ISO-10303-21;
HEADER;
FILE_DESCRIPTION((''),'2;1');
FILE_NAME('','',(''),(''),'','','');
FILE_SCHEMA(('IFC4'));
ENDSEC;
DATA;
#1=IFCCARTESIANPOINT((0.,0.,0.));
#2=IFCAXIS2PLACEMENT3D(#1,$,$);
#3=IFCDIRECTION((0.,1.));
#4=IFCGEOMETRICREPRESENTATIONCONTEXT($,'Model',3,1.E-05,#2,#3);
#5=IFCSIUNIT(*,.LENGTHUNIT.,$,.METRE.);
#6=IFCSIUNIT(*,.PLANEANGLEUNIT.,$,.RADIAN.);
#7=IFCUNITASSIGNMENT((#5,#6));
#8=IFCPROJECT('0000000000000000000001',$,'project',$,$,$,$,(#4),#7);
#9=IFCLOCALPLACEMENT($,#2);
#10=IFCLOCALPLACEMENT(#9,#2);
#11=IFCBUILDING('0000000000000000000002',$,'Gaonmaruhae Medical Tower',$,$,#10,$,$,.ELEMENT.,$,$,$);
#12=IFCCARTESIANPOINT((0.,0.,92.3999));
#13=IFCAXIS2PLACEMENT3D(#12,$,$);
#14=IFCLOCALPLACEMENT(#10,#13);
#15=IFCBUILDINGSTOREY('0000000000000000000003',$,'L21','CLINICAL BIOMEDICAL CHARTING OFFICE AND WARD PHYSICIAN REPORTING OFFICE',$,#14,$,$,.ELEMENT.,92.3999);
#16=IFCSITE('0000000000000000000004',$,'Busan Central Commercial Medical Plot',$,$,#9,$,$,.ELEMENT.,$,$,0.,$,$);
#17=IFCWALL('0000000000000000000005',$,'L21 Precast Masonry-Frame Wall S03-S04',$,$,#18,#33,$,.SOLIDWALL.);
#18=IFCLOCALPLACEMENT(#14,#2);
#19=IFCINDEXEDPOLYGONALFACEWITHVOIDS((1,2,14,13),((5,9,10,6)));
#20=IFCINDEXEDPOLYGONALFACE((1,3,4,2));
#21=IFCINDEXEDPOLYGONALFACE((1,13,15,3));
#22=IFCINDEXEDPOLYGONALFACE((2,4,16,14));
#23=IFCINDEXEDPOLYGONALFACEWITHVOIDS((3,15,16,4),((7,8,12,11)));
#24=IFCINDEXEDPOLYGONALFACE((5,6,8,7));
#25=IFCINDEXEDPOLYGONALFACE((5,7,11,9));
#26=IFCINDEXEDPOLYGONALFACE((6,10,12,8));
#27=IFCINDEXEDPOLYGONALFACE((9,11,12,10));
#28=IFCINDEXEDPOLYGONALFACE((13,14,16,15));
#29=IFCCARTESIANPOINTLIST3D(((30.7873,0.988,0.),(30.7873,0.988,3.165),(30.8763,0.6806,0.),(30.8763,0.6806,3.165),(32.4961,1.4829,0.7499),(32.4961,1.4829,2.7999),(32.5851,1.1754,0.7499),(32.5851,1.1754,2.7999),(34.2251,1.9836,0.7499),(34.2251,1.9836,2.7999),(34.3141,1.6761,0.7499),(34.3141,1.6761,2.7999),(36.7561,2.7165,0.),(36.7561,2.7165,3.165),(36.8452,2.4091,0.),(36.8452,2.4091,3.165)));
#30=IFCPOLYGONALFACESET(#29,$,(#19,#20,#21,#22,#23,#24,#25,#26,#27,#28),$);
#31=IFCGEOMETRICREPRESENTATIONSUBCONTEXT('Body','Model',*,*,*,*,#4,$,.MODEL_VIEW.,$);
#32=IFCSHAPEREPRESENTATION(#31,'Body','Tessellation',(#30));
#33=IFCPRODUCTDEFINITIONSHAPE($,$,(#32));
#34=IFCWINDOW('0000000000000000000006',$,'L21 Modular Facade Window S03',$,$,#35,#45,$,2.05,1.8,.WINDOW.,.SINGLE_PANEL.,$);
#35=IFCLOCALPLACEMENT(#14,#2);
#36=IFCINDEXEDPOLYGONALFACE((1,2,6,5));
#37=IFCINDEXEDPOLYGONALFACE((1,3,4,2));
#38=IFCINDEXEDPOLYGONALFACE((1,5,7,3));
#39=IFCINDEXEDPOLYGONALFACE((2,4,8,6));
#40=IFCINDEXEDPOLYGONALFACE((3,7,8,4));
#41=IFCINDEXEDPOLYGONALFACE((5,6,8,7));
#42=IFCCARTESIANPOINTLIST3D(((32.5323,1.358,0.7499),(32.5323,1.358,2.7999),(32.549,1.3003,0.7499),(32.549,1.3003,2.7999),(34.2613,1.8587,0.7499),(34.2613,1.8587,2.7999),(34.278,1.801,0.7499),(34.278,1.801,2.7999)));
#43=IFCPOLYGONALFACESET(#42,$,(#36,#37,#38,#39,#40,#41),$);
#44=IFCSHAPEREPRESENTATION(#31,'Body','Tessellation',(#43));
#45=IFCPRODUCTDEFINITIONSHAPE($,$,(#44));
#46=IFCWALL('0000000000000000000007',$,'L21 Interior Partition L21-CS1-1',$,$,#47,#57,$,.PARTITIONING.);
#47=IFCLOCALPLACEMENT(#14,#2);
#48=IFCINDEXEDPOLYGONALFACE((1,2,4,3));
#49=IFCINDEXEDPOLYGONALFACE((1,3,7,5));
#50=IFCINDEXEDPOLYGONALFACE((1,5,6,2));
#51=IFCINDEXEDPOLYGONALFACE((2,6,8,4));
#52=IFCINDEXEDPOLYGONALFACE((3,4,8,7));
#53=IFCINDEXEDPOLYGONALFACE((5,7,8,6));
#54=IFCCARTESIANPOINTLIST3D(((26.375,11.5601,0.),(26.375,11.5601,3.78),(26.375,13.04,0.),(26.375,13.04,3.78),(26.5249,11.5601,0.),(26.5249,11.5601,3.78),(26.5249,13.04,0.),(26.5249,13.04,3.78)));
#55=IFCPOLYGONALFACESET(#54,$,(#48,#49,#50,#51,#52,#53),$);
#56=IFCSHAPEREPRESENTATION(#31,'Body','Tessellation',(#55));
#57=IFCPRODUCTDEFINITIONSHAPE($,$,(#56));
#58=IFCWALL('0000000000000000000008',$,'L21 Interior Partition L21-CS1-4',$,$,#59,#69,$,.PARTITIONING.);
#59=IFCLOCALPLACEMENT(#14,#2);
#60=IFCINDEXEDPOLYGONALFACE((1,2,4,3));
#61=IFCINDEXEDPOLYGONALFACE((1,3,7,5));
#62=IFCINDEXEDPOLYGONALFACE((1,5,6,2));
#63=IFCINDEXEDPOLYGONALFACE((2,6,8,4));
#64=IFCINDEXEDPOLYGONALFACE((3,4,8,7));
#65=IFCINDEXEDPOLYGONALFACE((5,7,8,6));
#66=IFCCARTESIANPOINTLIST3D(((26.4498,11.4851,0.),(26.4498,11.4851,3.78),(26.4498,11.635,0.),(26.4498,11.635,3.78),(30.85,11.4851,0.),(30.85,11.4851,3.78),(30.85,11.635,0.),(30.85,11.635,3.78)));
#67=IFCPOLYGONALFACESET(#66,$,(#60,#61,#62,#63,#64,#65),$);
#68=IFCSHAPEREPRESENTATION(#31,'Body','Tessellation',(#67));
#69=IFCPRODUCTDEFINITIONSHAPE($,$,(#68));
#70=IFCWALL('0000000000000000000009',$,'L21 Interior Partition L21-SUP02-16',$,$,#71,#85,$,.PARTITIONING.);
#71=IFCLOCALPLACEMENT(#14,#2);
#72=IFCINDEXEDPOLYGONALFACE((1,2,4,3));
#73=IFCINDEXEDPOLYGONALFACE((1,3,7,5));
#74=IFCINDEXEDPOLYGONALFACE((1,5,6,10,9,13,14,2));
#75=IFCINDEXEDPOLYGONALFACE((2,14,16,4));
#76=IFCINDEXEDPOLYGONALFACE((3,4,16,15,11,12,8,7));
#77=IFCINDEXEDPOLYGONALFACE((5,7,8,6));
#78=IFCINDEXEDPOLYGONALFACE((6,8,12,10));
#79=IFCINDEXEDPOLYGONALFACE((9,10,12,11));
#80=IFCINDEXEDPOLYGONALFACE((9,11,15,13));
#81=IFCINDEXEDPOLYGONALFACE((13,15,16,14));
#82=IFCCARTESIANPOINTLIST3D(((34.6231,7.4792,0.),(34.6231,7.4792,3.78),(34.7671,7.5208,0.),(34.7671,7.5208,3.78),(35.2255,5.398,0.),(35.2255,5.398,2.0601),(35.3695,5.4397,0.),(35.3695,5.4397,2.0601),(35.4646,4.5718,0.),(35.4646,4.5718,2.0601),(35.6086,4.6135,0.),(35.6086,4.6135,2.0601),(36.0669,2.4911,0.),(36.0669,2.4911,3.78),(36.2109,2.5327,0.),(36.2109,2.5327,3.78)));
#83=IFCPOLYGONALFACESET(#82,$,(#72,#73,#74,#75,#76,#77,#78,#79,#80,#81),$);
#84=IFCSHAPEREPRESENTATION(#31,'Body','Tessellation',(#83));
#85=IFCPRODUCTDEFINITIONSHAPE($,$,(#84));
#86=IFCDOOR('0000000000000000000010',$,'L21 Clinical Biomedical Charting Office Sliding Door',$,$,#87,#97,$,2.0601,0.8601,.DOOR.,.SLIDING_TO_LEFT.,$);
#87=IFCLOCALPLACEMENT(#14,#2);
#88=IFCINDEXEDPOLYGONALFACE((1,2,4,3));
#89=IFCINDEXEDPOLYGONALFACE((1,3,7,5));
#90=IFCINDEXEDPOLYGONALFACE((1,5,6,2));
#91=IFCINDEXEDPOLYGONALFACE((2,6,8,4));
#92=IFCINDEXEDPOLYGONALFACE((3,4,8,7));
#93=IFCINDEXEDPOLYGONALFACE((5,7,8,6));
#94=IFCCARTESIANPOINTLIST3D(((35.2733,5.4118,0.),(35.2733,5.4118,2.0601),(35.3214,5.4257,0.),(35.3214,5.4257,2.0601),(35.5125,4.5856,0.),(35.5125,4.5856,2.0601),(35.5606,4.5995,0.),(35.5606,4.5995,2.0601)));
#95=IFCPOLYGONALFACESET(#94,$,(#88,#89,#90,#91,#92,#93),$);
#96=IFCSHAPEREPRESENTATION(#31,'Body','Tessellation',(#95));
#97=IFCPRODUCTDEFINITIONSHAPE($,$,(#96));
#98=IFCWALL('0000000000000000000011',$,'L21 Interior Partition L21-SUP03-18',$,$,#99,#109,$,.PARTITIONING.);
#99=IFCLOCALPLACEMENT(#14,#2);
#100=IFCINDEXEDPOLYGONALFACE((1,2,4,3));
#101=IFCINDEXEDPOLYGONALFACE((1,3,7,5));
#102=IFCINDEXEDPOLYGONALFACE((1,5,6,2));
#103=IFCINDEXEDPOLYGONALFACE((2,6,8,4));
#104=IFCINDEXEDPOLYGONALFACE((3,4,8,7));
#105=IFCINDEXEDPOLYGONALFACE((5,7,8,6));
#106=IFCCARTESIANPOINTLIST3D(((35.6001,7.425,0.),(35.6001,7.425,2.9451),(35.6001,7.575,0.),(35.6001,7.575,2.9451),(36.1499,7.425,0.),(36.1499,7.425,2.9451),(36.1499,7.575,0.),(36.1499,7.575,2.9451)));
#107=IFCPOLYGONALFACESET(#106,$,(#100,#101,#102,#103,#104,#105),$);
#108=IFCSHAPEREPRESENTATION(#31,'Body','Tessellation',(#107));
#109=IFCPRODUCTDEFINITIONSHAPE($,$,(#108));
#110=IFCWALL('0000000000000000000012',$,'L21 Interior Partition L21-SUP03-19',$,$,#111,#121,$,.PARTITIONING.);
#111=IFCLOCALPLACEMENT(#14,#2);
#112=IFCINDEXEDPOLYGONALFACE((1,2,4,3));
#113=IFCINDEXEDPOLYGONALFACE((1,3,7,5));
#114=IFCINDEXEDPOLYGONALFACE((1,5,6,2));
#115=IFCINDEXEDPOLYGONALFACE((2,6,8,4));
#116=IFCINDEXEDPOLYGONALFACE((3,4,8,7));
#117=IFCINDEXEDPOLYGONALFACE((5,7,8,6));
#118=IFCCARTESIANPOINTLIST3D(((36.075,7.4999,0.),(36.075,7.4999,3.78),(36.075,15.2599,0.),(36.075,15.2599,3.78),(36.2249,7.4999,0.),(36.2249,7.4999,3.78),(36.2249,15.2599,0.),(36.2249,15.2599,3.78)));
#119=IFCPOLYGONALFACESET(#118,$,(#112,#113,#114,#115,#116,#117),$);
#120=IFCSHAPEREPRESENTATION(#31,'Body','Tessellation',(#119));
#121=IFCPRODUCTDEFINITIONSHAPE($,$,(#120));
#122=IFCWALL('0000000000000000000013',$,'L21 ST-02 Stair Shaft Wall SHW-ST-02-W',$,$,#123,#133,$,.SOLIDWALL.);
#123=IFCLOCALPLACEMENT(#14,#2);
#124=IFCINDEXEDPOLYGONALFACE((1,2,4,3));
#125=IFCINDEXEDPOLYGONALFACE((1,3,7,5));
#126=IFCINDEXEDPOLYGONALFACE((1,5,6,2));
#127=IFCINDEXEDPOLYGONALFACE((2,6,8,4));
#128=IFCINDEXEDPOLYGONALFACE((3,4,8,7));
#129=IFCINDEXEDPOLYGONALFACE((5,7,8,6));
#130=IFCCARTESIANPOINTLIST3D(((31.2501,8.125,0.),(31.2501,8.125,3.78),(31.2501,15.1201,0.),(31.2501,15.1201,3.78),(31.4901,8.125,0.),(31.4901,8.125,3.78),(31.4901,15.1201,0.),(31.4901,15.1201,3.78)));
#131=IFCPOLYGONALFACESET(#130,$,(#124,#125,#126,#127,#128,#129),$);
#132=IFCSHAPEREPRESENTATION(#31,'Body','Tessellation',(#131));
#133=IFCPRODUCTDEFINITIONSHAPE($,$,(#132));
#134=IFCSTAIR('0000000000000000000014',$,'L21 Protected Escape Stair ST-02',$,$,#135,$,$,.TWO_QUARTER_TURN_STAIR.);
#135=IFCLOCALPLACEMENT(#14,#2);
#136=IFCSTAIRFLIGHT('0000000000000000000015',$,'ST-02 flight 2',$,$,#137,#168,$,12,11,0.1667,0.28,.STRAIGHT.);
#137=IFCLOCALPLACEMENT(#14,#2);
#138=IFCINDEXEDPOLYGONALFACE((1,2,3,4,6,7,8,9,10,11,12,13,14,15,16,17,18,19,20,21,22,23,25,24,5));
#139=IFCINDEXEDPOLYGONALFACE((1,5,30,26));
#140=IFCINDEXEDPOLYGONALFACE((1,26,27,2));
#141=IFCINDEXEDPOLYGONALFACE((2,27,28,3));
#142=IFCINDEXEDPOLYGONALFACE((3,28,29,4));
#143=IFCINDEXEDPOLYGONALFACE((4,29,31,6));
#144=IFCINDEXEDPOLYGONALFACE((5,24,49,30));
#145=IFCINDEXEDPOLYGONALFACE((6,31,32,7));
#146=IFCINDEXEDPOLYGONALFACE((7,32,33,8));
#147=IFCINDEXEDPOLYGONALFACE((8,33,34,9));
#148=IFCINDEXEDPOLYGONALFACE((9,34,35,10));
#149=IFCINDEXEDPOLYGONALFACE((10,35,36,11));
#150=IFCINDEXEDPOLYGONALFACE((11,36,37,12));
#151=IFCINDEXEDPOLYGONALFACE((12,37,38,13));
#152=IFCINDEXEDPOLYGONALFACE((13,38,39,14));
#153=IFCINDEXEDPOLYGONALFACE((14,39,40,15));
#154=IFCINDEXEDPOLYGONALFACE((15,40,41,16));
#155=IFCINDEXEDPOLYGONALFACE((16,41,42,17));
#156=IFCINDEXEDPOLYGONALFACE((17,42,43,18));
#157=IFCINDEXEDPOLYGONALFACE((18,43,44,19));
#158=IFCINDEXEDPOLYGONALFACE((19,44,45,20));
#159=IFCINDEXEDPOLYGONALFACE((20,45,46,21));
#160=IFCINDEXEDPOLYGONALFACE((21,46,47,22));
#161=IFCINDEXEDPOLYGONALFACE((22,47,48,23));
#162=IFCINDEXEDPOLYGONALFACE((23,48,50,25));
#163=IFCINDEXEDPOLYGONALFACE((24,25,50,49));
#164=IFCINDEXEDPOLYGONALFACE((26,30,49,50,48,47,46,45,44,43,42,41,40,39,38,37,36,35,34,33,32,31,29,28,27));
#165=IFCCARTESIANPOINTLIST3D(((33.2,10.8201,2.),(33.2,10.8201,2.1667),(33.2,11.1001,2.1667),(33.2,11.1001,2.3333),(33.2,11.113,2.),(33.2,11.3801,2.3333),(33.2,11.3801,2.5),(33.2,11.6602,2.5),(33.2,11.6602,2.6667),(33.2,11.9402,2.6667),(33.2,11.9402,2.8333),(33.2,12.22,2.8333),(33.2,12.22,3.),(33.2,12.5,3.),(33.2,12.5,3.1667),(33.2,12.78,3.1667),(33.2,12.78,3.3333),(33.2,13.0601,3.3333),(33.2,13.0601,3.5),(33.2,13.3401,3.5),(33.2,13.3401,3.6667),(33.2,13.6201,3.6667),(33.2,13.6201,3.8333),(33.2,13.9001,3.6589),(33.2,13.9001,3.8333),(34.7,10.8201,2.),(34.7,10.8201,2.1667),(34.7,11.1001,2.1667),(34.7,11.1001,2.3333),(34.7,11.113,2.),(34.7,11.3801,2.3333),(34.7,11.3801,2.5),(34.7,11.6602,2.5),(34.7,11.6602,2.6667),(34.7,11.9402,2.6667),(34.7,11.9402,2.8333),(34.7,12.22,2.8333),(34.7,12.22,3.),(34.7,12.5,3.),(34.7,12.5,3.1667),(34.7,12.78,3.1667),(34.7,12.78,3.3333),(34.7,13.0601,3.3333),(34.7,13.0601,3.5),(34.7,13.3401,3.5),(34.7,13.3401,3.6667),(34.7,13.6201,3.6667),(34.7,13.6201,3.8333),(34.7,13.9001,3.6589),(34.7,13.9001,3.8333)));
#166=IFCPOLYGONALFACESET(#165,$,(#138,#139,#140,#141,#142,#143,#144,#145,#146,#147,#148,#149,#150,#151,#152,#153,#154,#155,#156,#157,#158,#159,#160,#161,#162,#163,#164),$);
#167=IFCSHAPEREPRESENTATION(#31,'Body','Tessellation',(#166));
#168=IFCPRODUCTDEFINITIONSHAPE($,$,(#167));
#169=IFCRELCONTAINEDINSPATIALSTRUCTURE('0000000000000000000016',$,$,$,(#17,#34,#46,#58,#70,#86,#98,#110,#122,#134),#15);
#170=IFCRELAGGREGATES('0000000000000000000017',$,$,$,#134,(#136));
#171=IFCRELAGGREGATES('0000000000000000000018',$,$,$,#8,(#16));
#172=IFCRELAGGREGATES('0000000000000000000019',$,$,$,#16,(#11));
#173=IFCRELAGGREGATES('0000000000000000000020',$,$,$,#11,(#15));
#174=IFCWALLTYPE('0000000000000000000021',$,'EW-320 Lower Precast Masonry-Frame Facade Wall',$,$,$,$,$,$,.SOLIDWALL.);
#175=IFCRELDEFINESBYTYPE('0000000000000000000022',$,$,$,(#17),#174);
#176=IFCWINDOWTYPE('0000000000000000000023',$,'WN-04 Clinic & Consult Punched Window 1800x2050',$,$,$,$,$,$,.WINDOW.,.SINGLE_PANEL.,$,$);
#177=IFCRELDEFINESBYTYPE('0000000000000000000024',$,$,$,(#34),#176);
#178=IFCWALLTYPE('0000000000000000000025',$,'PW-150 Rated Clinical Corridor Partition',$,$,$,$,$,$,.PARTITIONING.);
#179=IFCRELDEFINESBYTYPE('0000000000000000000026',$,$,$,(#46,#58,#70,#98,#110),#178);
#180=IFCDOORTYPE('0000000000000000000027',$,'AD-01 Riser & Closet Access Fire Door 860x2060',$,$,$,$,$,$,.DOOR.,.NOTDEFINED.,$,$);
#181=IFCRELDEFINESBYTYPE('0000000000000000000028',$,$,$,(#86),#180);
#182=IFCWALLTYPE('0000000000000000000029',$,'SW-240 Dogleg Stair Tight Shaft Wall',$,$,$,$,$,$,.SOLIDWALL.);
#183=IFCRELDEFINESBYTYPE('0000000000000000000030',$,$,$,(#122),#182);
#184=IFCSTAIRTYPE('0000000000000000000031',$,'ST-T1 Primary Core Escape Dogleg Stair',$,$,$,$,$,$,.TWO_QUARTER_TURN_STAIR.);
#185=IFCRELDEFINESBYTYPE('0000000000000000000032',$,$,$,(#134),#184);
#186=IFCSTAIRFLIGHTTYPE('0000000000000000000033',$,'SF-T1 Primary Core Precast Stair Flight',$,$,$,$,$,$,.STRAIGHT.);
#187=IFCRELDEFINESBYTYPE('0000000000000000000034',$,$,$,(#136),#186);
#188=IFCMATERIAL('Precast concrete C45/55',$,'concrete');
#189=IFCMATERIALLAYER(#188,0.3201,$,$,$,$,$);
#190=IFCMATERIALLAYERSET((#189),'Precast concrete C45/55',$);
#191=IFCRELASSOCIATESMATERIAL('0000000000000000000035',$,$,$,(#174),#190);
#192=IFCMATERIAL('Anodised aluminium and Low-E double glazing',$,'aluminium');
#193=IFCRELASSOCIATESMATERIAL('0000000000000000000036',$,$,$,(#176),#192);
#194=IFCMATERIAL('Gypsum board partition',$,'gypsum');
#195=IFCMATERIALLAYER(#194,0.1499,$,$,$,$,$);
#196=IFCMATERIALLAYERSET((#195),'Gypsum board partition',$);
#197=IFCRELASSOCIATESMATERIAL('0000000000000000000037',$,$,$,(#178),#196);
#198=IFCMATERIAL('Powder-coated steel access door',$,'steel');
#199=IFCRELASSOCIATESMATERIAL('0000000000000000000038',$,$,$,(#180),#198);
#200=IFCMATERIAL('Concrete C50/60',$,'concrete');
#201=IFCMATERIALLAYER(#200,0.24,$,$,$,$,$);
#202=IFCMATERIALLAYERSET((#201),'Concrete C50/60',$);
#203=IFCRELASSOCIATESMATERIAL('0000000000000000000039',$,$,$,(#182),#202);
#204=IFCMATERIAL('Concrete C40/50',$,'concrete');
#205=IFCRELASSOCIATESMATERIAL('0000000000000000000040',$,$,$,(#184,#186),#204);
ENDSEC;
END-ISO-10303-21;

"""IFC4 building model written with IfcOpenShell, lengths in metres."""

from ifc_helpers import new_model, si_unit, direction, frame, frame_2d, origin, place, context, subcontext, project, spatial, polyline, rectangle, outline, extrude, material, layer, layer_set, type_object, element, fill, aggregate, save


model = new_model("IFC4")

# Units and contexts
model_context = context("Model", 3, precision=1e-05, world=origin(), true_north=direction((0.0, 1.0)))
body_context = subcontext(model_context, "Body", "Model", "MODEL_VIEW")
ifc_project = project(units=[si_unit("LENGTHUNIT", "METRE"), si_unit("PLANEANGLEUNIT", "RADIAN")], contexts=[model_context])

# Site, building, storey
site_placement = place(None, origin())
site = spatial("IfcSite", under=ifc_project, at=site_placement, Name="Busan Central Commercial Medical Plot", CompositionType="ELEMENT", RefElevation=0.0)
building_placement = place(site_placement, origin())
building = spatial("IfcBuilding", under=site, at=building_placement, Name="Gaonmaruhae Medical Tower", CompositionType="ELEMENT")
storey_placement = place(building_placement, frame((0.0, 0.0, 92.3999)))
storey = spatial("IfcBuildingStorey", under=building, at=storey_placement, Name="L21", Description="CLINICAL BIOMEDICAL CHARTING OFFICE AND WARD PHYSICIAN REPORTING OFFICE", CompositionType="ELEMENT", Elevation=92.3999)

# Wall, opening, window
ifc_material_1 = material(Name="Precast concrete C45/55", Category="concrete")
ifc_layer_1 = layer(ifc_material_1, 0.3201)
ifc_layer_set_1 = layer_set([ifc_layer_1], Name="Precast concrete C45/55")
wall_type_1 = type_object("IfcWallType", Name="EW-320 Lower Precast Masonry-Frame Facade Wall", PredefinedType="SOLIDWALL", material=ifc_layer_set_1)
wall_1_placement = place(storey_placement, frame((36.8005, 2.5627, 0.0), z_axis=(0.0, 0.0, 1.0), x_axis=(-0.960536, -0.278154, 0.0)))
wall_1 = element("IfcWall", 1, at=wall_1_placement, inside=storey, type_object=wall_type_1, Name="L21 Precast Masonry-Frame Wall S03-S04", PredefinedType="SOLIDWALL", context=body_context, shape_type="SweptSolid", body=[
    extrude(rectangle(XDim=6.2141, YDim=0.3201, at=frame_2d((3.1069, 0.0))), origin(), (0.0, 0.0, 1.0), 3.165),
])
opening_1_placement = place(wall_1_placement, frame((2.635, 0.0, 0.75)))
opening_1 = element("IfcOpeningElement", 2, at=opening_1_placement, cuts=wall_1, PredefinedType="OPENING", context=body_context, shape_type="SweptSolid", body=[
    extrude(rectangle(XDim=1.8, YDim=2.05, at=frame_2d((0.8999, 1.0249))), frame((0.0, 0.1699, 0.0), z_axis=(0.0, -1.0, 0.0), x_axis=(1.0, 0.0, 0.0)), (0.0, 0.0, 1.0), 0.3401),
])
ifc_material_2 = material(Name="Anodised aluminium and Low-E double glazing", Category="aluminium")
window_type = type_object("IfcWindowType", Name="WN-04 Clinic & Consult Punched Window 1800x2050", PartitioningType="SINGLE_PANEL", PredefinedType="WINDOW", material=ifc_material_2)
window_placement = place(opening_1_placement, origin())
window = element("IfcWindow", 3, at=window_placement, inside=storey, type_object=window_type, Name="L21 Modular Facade Window S03", OverallHeight=2.05, OverallWidth=1.8, PartitioningType="SINGLE_PANEL", PredefinedType="WINDOW", context=body_context, shape_type="SweptSolid", body=[
    extrude(rectangle(XDim=1.8, YDim=2.05, at=frame_2d((0.8999, 1.0249))), frame((0.0, 0.03, 0.0), z_axis=(0.0, -1.0, 0.0), x_axis=(1.0, 0.0, 0.0)), (0.0, 0.0, 1.0), 0.0601),
])
fill(opening_1, window)

# Walls
ifc_material_3 = material(Name="Gypsum board partition", Category="gypsum")
ifc_layer_2 = layer(ifc_material_3, 0.1499)
ifc_layer_set_2 = layer_set([ifc_layer_2], Name="Gypsum board partition")
wall_type_2 = type_object("IfcWallType", Name="PW-150 Rated Clinical Corridor Partition", PredefinedType="PARTITIONING", material=ifc_layer_set_2)
wall_2_placement = place(storey_placement, frame((26.45, 11.5601, 0.0), z_axis=(0.0, 0.0, 1.0), x_axis=(0.0, 1.0, 0.0)))
element("IfcWall", 4, at=wall_2_placement, inside=storey, type_object=wall_type_2, Name="L21 Interior Partition L21-CS1-1", PredefinedType="PARTITIONING", context=body_context, shape_type="SweptSolid", body=[
    extrude(rectangle(XDim=1.48, YDim=0.1499, at=frame_2d((0.74, 0.0))), origin(), (0.0, 0.0, 1.0), 3.78),
])
wall_3_placement = place(storey_placement, frame((30.8501, 11.5601, 0.0), z_axis=(0.0, 0.0, 1.0), x_axis=(-1.0, 0.0, 0.0)))
element("IfcWall", 5, at=wall_3_placement, inside=storey, type_object=wall_type_2, Name="L21 Interior Partition L21-CS1-4", PredefinedType="PARTITIONING", context=body_context, shape_type="SweptSolid", body=[
    extrude(rectangle(XDim=4.4001, YDim=0.1499, at=frame_2d((2.2002, 0.0))), origin(), (0.0, 0.0, 1.0), 3.78),
])

# Wall, opening, door
wall_4_placement = place(storey_placement, frame((34.6951, 7.5, 0.0), z_axis=(0.0, 0.0, 1.0), x_axis=(0.278048, -0.960567, 0.0)))
wall_4 = element("IfcWall", 6, at=wall_4_placement, inside=storey, type_object=wall_type_2, Name="L21 Interior Partition L21-SUP02-16", PredefinedType="PARTITIONING", context=body_context, shape_type="SweptSolid", body=[
    extrude(rectangle(XDim=5.1929, YDim=0.1499, at=frame_2d((2.5964, 0.0))), origin(), (0.0, 0.0, 1.0), 3.78),
])
opening_2_placement = place(wall_4_placement, frame((2.1665, 0.0, 0.0)))
opening_2 = element("IfcOpeningElement", 7, at=opening_2_placement, cuts=wall_4, PredefinedType="OPENING", context=body_context, shape_type="SweptSolid", body=[
    extrude(rectangle(XDim=0.8601, YDim=2.0601, at=frame_2d((0.4302, 1.03))), frame((0.0, 0.085, 0.0), z_axis=(0.0, -1.0, 0.0), x_axis=(1.0, 0.0, 0.0)), (0.0, 0.0, 1.0), 0.1699),
])
ifc_material_4 = material(Name="Powder-coated steel access door", Category="steel")
door_type_1 = type_object("IfcDoorType", Name="AD-01 Riser & Closet Access Fire Door 860x2060", OperationType="NOTDEFINED", PredefinedType="DOOR", material=ifc_material_4)
door_1_placement = place(opening_2_placement, origin())
door_1 = element("IfcDoor", 8, at=door_1_placement, inside=storey, type_object=door_type_1, Name="L21 Clinical Biomedical Charting Office Sliding Door", OperationType="SLIDING_TO_LEFT", OverallHeight=2.0601, OverallWidth=0.8601, PredefinedType="DOOR", context=body_context, shape_type="SweptSolid", body=[
    extrude(rectangle(XDim=0.8601, YDim=2.0601, at=frame_2d((0.4302, 1.03))), frame((0.0, 0.0249, 0.0), z_axis=(0.0, -1.0, 0.0), x_axis=(1.0, 0.0, 0.0)), (0.0, 0.0, 1.0), 0.05),
])
fill(opening_2, door_1)

# Walls
wall_5_placement = place(storey_placement, frame((35.6001, 7.5, 0.0), z_axis=(0.0, 0.0, 1.0), x_axis=(1.0, 0.0, 0.0)))
element("IfcWall", 9, at=wall_5_placement, inside=storey, type_object=wall_type_2, Name="L21 Interior Partition L21-SUP03-18", PredefinedType="PARTITIONING", context=body_context, shape_type="SweptSolid", body=[
    extrude(rectangle(XDim=0.5498, YDim=0.1499, at=frame_2d((0.2749, 0.0))), origin(), (0.0, 0.0, 1.0), 2.9451),
])
wall_6_placement = place(storey_placement, frame((36.1499, 7.5, 0.0), z_axis=(0.0, 0.0, 1.0), x_axis=(0.0, 1.0, 0.0)))
element("IfcWall", 10, at=wall_6_placement, inside=storey, type_object=wall_type_2, Name="L21 Interior Partition L21-SUP03-19", PredefinedType="PARTITIONING", context=body_context, shape_type="SweptSolid", body=[
    extrude(rectangle(XDim=7.76, YDim=0.1499, at=frame_2d((3.8799, 0.0))), origin(), (0.0, 0.0, 1.0), 3.78),
])
ifc_material_5 = material(Name="Concrete C50/60", Category="concrete")
ifc_layer_3 = layer(ifc_material_5, 0.24)
ifc_layer_set_3 = layer_set([ifc_layer_3], Name="Concrete C50/60")
wall_type_3 = type_object("IfcWallType", Name="SW-240 Dogleg Stair Tight Shaft Wall", PredefinedType="SOLIDWALL", material=ifc_layer_set_3)
wall_7_placement = place(storey_placement, frame((31.3701, 8.125, 0.0), z_axis=(0.0, 0.0, 1.0), x_axis=(0.0, 1.0, 0.0)))
element("IfcWall", 11, at=wall_7_placement, inside=storey, type_object=wall_type_3, Name="L21 ST-02 Stair Shaft Wall SHW-ST-02-W", PredefinedType="SOLIDWALL", context=body_context, shape_type="SweptSolid", body=[
    extrude(rectangle(XDim=6.9951, YDim=0.24, at=frame_2d((3.4976, 0.0))), origin(), (0.0, 0.0, 1.0), 3.78),
])

# Stair, stair flight
ifc_material_6 = material(Name="Concrete C40/50", Category="concrete")
stair_type = type_object("IfcStairType", Name="ST-T1 Primary Core Escape Dogleg Stair", PredefinedType="TWO_QUARTER_TURN_STAIR", material=ifc_material_6)
stair_placement = place(storey_placement, origin())
stair = element("IfcStair", 12, at=stair_placement, inside=storey, type_object=stair_type, Name="L21 Protected Escape Stair ST-02", PredefinedType="TWO_QUARTER_TURN_STAIR")
stair_flight_type = type_object("IfcStairFlightType", Name="SF-T1 Primary Core Precast Stair Flight", PredefinedType="STRAIGHT", material=ifc_material_6)
stair_flight_placement = place(storey_placement, frame((33.95, 10.8201, 2.0), z_axis=(0.0, 0.0, 1.0), x_axis=(0.0, 1.0, 0.0)))
stair_flight = element("IfcStairFlight", 13, at=stair_flight_placement, type_object=stair_flight_type, Name="ST-02 flight 2", NumberOfRisers=12, NumberOfTreads=11, PredefinedType="STRAIGHT", RiserHeight=0.1667, TreadLength=0.28, context=body_context, shape_type="SweptSolid", body=[
    extrude(outline(polyline([(0.0, 0.0), (0.0, 0.1667), (0.28, 0.1667), (0.28, 0.3333), (0.5601, 0.3333), (0.5601, 0.5), (0.8401, 0.5), (0.8401, 0.6667), (1.1201, 0.6667), (1.1201, 0.8333), (1.3999, 0.8333), (1.3999, 1.0), (1.6799, 1.0), (1.6799, 1.1667), (1.96, 1.1667), (1.96, 1.3333), (2.24, 1.3333), (2.24, 1.5), (2.52, 1.5), (2.52, 1.6667), (2.8, 1.6667), (2.8, 1.8333), (3.0801, 1.8333), (3.0801, 2.0), (3.0801, 1.6589), (0.293, 0.0), (0.0, 0.0)])), frame((0.0, 0.75, 0.0), z_axis=(0.0, -1.0, 0.0), x_axis=(1.0, 0.0, 0.0)), (0.0, 0.0, 1.0), 1.5),
])
aggregate(stair, [stair_flight])

save(model, "model.ifc")
